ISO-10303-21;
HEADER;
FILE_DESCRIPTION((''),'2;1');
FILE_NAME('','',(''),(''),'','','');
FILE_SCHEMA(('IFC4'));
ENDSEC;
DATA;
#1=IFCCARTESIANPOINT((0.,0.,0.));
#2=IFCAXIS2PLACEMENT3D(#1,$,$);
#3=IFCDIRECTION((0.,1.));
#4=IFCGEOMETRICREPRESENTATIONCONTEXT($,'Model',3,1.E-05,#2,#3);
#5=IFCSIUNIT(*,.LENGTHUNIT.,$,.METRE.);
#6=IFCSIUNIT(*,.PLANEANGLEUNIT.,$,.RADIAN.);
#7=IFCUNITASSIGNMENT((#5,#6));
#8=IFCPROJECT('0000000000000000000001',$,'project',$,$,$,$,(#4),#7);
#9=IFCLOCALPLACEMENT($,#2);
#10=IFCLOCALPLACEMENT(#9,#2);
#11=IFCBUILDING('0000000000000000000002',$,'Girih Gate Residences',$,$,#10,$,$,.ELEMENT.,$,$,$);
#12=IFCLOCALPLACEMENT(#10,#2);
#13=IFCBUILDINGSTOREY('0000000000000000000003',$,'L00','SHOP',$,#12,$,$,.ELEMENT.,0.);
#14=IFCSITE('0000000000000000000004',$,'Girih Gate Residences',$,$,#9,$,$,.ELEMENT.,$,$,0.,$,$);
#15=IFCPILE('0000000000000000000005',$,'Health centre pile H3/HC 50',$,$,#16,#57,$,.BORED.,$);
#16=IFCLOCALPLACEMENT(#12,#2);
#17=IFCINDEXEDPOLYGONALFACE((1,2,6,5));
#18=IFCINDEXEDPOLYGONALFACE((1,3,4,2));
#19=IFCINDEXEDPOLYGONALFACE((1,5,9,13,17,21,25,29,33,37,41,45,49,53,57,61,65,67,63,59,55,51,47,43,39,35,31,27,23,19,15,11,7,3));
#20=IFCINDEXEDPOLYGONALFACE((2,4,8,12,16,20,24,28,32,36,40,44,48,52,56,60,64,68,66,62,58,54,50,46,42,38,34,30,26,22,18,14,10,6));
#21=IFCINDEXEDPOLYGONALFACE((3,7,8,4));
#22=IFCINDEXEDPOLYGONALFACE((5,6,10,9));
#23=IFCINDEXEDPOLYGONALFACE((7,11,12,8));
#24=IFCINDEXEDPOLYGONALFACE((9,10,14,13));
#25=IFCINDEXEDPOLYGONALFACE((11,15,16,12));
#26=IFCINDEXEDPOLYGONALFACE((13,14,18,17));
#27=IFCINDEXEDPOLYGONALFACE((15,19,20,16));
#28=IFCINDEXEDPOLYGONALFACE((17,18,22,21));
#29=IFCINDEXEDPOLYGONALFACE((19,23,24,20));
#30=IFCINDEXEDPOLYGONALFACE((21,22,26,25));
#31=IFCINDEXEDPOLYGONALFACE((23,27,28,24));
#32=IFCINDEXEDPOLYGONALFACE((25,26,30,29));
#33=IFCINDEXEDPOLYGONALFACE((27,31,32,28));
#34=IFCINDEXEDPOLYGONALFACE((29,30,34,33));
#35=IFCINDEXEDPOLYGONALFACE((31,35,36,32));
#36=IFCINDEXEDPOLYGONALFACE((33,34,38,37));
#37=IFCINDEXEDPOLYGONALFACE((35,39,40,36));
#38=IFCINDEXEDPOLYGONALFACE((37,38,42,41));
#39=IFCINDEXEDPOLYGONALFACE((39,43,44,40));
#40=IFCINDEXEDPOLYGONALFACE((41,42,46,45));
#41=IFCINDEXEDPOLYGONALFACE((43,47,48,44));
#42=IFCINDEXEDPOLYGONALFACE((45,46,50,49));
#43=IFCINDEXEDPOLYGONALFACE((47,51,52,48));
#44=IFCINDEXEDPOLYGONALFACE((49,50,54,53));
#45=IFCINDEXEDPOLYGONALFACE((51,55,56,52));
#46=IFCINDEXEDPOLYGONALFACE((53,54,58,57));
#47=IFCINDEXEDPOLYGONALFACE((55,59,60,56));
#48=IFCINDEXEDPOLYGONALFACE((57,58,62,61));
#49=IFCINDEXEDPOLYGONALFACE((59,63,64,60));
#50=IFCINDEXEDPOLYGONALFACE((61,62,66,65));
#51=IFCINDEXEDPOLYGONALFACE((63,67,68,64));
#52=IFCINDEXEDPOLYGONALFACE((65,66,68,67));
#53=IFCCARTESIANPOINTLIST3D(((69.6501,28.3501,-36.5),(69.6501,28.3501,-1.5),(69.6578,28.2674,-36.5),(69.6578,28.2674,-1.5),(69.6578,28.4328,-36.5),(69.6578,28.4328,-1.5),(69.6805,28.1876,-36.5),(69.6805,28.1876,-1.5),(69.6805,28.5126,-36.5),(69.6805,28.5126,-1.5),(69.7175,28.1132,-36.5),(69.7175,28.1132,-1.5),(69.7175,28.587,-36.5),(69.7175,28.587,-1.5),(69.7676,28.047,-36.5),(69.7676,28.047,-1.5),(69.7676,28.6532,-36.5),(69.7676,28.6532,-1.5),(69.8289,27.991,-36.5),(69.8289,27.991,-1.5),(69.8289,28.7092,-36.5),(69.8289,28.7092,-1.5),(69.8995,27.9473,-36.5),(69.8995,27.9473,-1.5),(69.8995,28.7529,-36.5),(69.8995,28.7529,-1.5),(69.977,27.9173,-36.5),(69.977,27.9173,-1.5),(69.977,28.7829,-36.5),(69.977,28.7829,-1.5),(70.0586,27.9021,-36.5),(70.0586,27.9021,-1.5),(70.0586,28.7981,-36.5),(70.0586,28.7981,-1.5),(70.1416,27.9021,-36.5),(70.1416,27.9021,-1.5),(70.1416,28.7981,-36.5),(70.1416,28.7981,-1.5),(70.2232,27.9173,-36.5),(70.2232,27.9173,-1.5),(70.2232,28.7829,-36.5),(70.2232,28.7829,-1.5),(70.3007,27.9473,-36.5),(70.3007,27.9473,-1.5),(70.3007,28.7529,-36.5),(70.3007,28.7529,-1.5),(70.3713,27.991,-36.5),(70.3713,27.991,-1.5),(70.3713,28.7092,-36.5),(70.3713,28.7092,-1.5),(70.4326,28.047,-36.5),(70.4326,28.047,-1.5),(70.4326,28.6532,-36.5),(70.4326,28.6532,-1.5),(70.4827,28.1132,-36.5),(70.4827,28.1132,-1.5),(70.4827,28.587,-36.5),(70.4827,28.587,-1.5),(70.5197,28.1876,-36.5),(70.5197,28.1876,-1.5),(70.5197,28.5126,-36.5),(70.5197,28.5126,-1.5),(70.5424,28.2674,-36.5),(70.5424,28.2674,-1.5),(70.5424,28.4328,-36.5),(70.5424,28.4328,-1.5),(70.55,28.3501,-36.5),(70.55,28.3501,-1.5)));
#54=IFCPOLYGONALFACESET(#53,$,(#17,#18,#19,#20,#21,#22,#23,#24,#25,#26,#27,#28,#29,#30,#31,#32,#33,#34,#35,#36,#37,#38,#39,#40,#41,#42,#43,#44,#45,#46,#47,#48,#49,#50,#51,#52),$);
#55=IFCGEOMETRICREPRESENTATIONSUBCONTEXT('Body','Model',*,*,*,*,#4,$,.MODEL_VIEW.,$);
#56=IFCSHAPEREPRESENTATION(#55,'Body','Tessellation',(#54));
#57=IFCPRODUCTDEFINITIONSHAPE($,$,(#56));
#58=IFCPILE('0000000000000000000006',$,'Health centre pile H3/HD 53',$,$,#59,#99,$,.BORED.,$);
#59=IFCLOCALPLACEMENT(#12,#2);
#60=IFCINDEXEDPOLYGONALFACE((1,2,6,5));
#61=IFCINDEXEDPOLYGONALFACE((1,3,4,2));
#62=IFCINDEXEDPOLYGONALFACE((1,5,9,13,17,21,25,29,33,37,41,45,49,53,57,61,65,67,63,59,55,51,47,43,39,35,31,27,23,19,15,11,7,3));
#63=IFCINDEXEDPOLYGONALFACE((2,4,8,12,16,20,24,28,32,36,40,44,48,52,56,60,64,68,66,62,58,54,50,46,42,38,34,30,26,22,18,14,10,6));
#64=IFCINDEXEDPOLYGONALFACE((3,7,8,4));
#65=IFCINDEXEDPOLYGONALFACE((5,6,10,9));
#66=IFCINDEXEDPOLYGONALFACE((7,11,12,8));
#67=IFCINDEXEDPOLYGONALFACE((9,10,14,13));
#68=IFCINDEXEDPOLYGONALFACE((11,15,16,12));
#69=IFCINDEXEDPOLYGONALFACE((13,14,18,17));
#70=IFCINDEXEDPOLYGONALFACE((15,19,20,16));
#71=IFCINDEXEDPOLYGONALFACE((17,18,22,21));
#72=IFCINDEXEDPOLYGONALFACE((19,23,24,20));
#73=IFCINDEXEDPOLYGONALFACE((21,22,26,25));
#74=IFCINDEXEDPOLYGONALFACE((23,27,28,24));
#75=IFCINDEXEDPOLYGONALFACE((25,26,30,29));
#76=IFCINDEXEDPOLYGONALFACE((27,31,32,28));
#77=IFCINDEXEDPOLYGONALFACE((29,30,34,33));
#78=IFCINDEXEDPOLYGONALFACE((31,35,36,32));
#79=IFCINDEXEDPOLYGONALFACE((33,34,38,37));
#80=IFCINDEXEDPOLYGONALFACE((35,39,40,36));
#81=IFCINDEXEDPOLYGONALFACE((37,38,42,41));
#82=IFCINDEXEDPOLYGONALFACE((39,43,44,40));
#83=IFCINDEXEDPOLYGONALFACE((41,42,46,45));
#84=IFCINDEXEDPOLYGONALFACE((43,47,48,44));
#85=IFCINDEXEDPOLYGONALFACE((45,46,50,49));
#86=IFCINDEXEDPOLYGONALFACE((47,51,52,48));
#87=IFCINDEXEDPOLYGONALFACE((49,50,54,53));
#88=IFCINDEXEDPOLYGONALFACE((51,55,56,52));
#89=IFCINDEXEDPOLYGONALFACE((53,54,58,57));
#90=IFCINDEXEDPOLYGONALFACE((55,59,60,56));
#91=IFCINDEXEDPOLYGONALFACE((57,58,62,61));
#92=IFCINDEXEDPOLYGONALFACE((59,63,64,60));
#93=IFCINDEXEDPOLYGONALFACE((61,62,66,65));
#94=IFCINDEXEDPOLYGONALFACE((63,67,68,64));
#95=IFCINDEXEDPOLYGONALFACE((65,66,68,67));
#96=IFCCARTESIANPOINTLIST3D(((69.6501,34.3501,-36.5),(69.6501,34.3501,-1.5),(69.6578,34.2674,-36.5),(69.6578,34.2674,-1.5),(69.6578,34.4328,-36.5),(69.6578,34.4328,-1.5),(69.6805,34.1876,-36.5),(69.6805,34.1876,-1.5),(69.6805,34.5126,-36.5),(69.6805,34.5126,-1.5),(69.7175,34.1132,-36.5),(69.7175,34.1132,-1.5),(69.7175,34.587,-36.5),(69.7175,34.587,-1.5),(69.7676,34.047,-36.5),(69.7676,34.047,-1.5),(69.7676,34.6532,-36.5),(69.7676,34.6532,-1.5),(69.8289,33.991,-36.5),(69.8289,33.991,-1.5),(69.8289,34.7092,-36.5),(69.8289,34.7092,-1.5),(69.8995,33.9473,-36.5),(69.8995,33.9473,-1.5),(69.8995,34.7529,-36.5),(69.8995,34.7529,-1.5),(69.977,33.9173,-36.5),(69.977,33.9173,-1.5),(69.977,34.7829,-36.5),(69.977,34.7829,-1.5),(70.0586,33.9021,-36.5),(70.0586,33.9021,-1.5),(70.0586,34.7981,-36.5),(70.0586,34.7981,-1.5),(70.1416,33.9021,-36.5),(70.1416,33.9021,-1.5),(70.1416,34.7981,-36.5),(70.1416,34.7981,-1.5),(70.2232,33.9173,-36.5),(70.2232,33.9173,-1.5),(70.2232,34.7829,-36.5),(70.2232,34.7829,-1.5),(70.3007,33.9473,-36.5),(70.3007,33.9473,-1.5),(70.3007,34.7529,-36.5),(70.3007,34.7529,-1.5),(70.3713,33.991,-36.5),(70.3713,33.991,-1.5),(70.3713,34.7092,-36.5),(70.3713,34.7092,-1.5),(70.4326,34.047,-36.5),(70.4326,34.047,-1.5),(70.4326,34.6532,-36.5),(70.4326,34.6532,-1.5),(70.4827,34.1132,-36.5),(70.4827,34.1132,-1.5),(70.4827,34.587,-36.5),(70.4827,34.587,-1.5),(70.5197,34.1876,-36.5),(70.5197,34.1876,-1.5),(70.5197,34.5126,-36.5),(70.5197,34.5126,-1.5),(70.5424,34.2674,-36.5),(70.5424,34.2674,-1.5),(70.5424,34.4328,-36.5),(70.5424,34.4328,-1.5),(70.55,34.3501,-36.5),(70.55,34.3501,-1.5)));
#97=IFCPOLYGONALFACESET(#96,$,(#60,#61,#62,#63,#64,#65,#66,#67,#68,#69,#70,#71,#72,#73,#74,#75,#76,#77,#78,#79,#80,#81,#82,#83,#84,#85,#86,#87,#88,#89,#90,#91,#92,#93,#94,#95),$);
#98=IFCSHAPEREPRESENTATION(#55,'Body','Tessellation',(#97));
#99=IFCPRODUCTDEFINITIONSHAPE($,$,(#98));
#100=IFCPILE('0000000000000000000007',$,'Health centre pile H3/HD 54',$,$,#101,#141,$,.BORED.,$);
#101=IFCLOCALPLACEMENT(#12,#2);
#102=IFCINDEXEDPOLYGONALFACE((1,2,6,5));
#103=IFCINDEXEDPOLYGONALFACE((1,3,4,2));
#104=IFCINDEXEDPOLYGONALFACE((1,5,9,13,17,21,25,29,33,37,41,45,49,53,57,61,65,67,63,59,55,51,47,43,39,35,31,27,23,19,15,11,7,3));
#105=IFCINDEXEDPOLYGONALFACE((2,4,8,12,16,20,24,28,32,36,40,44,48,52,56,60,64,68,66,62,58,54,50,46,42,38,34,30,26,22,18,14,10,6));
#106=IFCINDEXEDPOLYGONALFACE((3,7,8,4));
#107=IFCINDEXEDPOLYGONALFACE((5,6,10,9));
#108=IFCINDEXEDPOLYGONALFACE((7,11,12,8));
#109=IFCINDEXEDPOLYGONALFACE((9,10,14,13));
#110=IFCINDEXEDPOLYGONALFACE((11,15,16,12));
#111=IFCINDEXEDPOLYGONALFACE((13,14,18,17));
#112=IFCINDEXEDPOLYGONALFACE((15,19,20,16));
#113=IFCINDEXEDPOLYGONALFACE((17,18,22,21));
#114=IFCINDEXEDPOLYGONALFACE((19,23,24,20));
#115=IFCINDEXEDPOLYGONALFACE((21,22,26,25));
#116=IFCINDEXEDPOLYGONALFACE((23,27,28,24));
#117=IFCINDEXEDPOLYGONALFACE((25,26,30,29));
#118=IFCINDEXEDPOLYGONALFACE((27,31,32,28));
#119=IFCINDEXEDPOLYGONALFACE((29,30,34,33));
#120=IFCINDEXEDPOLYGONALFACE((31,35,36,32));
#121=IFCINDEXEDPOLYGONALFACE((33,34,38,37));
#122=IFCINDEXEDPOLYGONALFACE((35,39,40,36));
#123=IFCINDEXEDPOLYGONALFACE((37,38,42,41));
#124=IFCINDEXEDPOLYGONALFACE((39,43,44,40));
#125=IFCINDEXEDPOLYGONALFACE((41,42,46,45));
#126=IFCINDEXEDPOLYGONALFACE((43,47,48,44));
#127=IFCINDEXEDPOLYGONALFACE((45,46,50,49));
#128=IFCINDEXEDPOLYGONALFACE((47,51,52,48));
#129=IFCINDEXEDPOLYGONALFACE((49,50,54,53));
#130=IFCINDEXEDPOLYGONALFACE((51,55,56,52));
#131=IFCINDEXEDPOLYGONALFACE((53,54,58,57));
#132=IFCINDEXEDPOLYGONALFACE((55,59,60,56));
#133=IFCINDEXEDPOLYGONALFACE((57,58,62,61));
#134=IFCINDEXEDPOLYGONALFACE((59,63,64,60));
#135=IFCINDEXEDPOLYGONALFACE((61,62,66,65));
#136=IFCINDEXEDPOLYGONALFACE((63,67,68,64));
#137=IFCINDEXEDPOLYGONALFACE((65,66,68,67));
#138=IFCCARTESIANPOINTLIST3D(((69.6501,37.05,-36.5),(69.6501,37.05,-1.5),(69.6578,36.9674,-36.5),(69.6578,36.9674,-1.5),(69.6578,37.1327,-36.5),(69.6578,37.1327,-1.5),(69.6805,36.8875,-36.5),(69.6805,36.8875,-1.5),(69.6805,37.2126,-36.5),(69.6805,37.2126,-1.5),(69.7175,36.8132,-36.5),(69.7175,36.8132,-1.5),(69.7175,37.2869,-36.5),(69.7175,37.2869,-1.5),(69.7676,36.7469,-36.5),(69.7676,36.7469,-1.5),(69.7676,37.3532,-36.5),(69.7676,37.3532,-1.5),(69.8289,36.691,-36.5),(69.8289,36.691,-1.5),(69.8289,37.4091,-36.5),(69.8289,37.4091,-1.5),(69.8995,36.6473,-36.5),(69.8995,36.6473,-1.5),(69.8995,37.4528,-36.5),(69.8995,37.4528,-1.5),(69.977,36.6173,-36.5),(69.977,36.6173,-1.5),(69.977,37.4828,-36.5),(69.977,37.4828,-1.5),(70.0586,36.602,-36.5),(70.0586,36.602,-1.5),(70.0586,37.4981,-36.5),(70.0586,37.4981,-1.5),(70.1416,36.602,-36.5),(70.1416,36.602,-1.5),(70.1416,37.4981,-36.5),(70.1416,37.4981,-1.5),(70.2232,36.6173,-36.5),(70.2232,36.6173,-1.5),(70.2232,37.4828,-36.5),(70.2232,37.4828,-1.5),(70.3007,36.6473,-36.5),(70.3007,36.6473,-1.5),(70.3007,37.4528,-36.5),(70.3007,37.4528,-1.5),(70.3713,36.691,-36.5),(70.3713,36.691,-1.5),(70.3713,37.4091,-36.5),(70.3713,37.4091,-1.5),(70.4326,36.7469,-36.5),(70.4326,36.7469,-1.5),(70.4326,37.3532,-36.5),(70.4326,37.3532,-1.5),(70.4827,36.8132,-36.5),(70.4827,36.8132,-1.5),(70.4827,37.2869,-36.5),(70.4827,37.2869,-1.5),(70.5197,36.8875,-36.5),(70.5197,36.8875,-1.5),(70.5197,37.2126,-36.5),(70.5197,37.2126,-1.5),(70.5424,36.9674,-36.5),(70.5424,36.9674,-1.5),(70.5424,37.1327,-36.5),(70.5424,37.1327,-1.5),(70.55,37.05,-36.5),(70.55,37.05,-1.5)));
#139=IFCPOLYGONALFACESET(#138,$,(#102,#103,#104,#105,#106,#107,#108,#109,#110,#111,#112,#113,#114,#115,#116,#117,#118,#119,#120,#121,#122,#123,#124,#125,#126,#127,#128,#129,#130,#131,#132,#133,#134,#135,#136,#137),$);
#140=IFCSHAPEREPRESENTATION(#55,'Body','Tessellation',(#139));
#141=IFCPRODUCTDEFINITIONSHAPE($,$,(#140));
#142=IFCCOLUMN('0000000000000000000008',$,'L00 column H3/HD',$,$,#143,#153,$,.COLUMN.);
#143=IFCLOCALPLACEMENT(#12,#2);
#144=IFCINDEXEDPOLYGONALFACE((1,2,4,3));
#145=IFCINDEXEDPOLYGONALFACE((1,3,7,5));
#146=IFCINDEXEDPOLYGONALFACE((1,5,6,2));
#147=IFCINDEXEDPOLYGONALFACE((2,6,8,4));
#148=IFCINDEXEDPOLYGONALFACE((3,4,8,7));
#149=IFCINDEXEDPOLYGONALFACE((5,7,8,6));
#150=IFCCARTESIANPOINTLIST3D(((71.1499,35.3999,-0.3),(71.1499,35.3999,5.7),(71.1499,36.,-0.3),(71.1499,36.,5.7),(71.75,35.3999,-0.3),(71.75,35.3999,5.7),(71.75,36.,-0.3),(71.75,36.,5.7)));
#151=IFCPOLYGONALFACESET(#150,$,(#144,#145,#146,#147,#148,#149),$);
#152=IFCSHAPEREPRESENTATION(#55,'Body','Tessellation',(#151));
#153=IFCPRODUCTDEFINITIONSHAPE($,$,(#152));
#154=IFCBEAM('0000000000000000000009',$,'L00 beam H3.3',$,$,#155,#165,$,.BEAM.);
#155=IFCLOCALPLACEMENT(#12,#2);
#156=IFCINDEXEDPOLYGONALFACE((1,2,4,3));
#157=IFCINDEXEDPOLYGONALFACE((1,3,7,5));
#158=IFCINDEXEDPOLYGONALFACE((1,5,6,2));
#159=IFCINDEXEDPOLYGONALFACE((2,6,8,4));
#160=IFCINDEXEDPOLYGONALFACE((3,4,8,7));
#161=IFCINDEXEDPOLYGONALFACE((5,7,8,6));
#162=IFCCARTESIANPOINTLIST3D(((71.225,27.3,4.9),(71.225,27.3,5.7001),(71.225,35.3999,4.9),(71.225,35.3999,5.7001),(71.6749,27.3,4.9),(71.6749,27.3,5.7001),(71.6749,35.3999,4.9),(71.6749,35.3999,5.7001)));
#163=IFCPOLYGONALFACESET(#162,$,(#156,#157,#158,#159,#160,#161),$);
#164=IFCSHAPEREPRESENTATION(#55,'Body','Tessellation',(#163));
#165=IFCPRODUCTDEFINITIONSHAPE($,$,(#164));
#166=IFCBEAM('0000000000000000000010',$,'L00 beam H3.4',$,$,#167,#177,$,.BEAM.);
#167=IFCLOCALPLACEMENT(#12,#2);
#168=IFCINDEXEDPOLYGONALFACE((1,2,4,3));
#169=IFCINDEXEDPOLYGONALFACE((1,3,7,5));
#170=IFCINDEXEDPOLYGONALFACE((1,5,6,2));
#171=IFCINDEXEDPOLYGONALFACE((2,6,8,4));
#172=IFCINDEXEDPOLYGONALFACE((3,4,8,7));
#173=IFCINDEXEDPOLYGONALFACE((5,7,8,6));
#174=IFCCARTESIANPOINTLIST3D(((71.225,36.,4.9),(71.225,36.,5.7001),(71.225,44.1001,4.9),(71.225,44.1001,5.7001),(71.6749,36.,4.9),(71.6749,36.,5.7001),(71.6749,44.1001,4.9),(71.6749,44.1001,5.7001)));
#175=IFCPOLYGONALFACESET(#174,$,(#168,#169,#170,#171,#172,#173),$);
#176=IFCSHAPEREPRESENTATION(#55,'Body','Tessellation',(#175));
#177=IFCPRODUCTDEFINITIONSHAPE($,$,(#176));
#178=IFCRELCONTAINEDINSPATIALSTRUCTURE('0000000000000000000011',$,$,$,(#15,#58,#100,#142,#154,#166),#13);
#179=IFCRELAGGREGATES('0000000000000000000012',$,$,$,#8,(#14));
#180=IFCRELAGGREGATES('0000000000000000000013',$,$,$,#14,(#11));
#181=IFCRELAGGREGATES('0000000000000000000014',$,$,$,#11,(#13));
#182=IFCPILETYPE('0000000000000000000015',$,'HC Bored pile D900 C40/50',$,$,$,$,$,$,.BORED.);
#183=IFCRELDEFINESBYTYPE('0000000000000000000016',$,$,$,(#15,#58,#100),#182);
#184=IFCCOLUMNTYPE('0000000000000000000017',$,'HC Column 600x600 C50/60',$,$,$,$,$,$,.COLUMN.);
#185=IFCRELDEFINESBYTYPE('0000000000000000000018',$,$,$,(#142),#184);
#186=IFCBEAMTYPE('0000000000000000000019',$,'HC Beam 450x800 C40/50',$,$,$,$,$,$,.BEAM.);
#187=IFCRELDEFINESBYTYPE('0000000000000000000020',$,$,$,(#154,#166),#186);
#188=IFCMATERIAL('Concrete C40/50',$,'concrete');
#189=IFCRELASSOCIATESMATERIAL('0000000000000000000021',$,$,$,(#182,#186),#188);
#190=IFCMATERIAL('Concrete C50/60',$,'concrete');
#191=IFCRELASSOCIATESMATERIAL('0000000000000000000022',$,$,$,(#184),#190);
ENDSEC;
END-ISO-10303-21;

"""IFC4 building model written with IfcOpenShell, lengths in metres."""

from ifc_helpers import new_model, si_unit, direction, frame, origin, origin_2d, place, context, subcontext, project, spatial, rectangle, circle, extrude, material, material_profile, profile_set, type_object, element, save


model = new_model("IFC4")

# Units and contexts
model_context = context("Model", 3, precision=1e-05, world=origin(), true_north=direction((0.0, 1.0)))
body_context = subcontext(model_context, "Body", "Model", "MODEL_VIEW")
ifc_project = project(units=[si_unit("LENGTHUNIT", "METRE"), si_unit("PLANEANGLEUNIT", "RADIAN")], contexts=[model_context])

# Site, building, storey
site_placement = place(None, origin())
site = spatial("IfcSite", under=ifc_project, at=site_placement, Name="Girih Gate Residences", CompositionType="ELEMENT", RefElevation=0.0)
building_placement = place(site_placement, origin())
building = spatial("IfcBuilding", under=site, at=building_placement, Name="Girih Gate Residences", CompositionType="ELEMENT")
storey_placement = place(building_placement, origin())
storey = spatial("IfcBuildingStorey", under=building, at=storey_placement, Name="L00", Description="SHOP", CompositionType="ELEMENT", Elevation=0.0)

# Piles
ifc_material_1 = material(Name="Concrete C40/50", Category="concrete")
ifc_material_profile_1 = material_profile(ifc_material_1, circle(Radius=0.45, at=origin_2d()))
ifc_profile_set_1 = profile_set([ifc_material_profile_1], Name="Concrete C40/50")
pile_type = type_object("IfcPileType", Name="HC Bored pile D900 C40/50", PredefinedType="BORED", material=ifc_profile_set_1)
for number, where, z_axis, x_axis, name in (
    (1, (70.1001, 28.3501, -1.5), (0.0, 0.0, -1.0), (1.0, 0.0, 0.0), "Health centre pile H3/HC 50"),
    (2, (70.1001, 34.3501, -1.5), (0.0, 0.0, -1.0), (1.0, 0.0, 0.0), "Health centre pile H3/HD 53"),
    (3, (70.1001, 37.05, -1.5), (0.0, 0.0, -1.0), (1.0, 0.0, 0.0), "Health centre pile H3/HD 54"),
):
    element("IfcPile", number, at=place(storey_placement, frame(where, z_axis=z_axis, x_axis=x_axis)), inside=storey, type_object=pile_type, Name=name, PredefinedType="BORED", context=body_context, shape_type="SweptSolid", body=[
        extrude(circle(Radius=0.45, at=origin_2d()), origin(), (0.0, 0.0, 1.0), 35.0),
    ])

# Column
ifc_material_2 = material(Name="Concrete C50/60", Category="concrete")
ifc_material_profile_2 = material_profile(ifc_material_2, rectangle(XDim=0.6001, YDim=0.6001, at=origin_2d()))
ifc_profile_set_2 = profile_set([ifc_material_profile_2], Name="Concrete C50/60")
column_type = type_object("IfcColumnType", Name="HC Column 600x600 C50/60", PredefinedType="COLUMN", material=ifc_profile_set_2)
column_placement = place(storey_placement, frame((71.45, 35.7, -0.3), z_axis=(0.0, 0.0, 1.0), x_axis=(1.0, 0.0, 0.0)))
element("IfcColumn", 4, at=column_placement, inside=storey, type_object=column_type, Name="L00 column H3/HD", PredefinedType="COLUMN", context=body_context, shape_type="SweptSolid", body=[
    extrude(rectangle(XDim=0.6001, YDim=0.6001, at=origin_2d()), origin(), (0.0, 0.0, 1.0), 6.0),
])

# Beams
ifc_material_profile_3 = material_profile(ifc_material_1, rectangle(XDim=0.45, YDim=0.8, at=origin_2d()))
ifc_profile_set_3 = profile_set([ifc_material_profile_3], Name="Concrete C40/50")
beam_type = type_object("IfcBeamType", Name="HC Beam 450x800 C40/50", PredefinedType="BEAM", material=ifc_profile_set_3)
beam_1_placement = place(storey_placement, frame((71.45, 27.3, 5.3), z_axis=(0.0, 1.0, 0.0), x_axis=(-1.0, 0.0, 0.0)))
element("IfcBeam", 5, at=beam_1_placement, inside=storey, type_object=beam_type, Name="L00 beam H3.3", PredefinedType="BEAM", context=body_context, shape_type="SweptSolid", body=[
    extrude(rectangle(XDim=0.45, YDim=0.8, at=origin_2d()), origin(), (0.0, 0.0, 1.0), 8.0999),
])
beam_2_placement = place(storey_placement, frame((71.45, 36.0, 5.3), z_axis=(0.0, 1.0, 0.0), x_axis=(-1.0, 0.0, 0.0)))
element("IfcBeam", 6, at=beam_2_placement, inside=storey, type_object=beam_type, Name="L00 beam H3.4", PredefinedType="BEAM", context=body_context, shape_type="SweptSolid", body=[
    extrude(rectangle(XDim=0.45, YDim=0.8, at=origin_2d()), origin(), (0.0, 0.0, 1.0), 8.1001),
])

save(model, "model.ifc")
